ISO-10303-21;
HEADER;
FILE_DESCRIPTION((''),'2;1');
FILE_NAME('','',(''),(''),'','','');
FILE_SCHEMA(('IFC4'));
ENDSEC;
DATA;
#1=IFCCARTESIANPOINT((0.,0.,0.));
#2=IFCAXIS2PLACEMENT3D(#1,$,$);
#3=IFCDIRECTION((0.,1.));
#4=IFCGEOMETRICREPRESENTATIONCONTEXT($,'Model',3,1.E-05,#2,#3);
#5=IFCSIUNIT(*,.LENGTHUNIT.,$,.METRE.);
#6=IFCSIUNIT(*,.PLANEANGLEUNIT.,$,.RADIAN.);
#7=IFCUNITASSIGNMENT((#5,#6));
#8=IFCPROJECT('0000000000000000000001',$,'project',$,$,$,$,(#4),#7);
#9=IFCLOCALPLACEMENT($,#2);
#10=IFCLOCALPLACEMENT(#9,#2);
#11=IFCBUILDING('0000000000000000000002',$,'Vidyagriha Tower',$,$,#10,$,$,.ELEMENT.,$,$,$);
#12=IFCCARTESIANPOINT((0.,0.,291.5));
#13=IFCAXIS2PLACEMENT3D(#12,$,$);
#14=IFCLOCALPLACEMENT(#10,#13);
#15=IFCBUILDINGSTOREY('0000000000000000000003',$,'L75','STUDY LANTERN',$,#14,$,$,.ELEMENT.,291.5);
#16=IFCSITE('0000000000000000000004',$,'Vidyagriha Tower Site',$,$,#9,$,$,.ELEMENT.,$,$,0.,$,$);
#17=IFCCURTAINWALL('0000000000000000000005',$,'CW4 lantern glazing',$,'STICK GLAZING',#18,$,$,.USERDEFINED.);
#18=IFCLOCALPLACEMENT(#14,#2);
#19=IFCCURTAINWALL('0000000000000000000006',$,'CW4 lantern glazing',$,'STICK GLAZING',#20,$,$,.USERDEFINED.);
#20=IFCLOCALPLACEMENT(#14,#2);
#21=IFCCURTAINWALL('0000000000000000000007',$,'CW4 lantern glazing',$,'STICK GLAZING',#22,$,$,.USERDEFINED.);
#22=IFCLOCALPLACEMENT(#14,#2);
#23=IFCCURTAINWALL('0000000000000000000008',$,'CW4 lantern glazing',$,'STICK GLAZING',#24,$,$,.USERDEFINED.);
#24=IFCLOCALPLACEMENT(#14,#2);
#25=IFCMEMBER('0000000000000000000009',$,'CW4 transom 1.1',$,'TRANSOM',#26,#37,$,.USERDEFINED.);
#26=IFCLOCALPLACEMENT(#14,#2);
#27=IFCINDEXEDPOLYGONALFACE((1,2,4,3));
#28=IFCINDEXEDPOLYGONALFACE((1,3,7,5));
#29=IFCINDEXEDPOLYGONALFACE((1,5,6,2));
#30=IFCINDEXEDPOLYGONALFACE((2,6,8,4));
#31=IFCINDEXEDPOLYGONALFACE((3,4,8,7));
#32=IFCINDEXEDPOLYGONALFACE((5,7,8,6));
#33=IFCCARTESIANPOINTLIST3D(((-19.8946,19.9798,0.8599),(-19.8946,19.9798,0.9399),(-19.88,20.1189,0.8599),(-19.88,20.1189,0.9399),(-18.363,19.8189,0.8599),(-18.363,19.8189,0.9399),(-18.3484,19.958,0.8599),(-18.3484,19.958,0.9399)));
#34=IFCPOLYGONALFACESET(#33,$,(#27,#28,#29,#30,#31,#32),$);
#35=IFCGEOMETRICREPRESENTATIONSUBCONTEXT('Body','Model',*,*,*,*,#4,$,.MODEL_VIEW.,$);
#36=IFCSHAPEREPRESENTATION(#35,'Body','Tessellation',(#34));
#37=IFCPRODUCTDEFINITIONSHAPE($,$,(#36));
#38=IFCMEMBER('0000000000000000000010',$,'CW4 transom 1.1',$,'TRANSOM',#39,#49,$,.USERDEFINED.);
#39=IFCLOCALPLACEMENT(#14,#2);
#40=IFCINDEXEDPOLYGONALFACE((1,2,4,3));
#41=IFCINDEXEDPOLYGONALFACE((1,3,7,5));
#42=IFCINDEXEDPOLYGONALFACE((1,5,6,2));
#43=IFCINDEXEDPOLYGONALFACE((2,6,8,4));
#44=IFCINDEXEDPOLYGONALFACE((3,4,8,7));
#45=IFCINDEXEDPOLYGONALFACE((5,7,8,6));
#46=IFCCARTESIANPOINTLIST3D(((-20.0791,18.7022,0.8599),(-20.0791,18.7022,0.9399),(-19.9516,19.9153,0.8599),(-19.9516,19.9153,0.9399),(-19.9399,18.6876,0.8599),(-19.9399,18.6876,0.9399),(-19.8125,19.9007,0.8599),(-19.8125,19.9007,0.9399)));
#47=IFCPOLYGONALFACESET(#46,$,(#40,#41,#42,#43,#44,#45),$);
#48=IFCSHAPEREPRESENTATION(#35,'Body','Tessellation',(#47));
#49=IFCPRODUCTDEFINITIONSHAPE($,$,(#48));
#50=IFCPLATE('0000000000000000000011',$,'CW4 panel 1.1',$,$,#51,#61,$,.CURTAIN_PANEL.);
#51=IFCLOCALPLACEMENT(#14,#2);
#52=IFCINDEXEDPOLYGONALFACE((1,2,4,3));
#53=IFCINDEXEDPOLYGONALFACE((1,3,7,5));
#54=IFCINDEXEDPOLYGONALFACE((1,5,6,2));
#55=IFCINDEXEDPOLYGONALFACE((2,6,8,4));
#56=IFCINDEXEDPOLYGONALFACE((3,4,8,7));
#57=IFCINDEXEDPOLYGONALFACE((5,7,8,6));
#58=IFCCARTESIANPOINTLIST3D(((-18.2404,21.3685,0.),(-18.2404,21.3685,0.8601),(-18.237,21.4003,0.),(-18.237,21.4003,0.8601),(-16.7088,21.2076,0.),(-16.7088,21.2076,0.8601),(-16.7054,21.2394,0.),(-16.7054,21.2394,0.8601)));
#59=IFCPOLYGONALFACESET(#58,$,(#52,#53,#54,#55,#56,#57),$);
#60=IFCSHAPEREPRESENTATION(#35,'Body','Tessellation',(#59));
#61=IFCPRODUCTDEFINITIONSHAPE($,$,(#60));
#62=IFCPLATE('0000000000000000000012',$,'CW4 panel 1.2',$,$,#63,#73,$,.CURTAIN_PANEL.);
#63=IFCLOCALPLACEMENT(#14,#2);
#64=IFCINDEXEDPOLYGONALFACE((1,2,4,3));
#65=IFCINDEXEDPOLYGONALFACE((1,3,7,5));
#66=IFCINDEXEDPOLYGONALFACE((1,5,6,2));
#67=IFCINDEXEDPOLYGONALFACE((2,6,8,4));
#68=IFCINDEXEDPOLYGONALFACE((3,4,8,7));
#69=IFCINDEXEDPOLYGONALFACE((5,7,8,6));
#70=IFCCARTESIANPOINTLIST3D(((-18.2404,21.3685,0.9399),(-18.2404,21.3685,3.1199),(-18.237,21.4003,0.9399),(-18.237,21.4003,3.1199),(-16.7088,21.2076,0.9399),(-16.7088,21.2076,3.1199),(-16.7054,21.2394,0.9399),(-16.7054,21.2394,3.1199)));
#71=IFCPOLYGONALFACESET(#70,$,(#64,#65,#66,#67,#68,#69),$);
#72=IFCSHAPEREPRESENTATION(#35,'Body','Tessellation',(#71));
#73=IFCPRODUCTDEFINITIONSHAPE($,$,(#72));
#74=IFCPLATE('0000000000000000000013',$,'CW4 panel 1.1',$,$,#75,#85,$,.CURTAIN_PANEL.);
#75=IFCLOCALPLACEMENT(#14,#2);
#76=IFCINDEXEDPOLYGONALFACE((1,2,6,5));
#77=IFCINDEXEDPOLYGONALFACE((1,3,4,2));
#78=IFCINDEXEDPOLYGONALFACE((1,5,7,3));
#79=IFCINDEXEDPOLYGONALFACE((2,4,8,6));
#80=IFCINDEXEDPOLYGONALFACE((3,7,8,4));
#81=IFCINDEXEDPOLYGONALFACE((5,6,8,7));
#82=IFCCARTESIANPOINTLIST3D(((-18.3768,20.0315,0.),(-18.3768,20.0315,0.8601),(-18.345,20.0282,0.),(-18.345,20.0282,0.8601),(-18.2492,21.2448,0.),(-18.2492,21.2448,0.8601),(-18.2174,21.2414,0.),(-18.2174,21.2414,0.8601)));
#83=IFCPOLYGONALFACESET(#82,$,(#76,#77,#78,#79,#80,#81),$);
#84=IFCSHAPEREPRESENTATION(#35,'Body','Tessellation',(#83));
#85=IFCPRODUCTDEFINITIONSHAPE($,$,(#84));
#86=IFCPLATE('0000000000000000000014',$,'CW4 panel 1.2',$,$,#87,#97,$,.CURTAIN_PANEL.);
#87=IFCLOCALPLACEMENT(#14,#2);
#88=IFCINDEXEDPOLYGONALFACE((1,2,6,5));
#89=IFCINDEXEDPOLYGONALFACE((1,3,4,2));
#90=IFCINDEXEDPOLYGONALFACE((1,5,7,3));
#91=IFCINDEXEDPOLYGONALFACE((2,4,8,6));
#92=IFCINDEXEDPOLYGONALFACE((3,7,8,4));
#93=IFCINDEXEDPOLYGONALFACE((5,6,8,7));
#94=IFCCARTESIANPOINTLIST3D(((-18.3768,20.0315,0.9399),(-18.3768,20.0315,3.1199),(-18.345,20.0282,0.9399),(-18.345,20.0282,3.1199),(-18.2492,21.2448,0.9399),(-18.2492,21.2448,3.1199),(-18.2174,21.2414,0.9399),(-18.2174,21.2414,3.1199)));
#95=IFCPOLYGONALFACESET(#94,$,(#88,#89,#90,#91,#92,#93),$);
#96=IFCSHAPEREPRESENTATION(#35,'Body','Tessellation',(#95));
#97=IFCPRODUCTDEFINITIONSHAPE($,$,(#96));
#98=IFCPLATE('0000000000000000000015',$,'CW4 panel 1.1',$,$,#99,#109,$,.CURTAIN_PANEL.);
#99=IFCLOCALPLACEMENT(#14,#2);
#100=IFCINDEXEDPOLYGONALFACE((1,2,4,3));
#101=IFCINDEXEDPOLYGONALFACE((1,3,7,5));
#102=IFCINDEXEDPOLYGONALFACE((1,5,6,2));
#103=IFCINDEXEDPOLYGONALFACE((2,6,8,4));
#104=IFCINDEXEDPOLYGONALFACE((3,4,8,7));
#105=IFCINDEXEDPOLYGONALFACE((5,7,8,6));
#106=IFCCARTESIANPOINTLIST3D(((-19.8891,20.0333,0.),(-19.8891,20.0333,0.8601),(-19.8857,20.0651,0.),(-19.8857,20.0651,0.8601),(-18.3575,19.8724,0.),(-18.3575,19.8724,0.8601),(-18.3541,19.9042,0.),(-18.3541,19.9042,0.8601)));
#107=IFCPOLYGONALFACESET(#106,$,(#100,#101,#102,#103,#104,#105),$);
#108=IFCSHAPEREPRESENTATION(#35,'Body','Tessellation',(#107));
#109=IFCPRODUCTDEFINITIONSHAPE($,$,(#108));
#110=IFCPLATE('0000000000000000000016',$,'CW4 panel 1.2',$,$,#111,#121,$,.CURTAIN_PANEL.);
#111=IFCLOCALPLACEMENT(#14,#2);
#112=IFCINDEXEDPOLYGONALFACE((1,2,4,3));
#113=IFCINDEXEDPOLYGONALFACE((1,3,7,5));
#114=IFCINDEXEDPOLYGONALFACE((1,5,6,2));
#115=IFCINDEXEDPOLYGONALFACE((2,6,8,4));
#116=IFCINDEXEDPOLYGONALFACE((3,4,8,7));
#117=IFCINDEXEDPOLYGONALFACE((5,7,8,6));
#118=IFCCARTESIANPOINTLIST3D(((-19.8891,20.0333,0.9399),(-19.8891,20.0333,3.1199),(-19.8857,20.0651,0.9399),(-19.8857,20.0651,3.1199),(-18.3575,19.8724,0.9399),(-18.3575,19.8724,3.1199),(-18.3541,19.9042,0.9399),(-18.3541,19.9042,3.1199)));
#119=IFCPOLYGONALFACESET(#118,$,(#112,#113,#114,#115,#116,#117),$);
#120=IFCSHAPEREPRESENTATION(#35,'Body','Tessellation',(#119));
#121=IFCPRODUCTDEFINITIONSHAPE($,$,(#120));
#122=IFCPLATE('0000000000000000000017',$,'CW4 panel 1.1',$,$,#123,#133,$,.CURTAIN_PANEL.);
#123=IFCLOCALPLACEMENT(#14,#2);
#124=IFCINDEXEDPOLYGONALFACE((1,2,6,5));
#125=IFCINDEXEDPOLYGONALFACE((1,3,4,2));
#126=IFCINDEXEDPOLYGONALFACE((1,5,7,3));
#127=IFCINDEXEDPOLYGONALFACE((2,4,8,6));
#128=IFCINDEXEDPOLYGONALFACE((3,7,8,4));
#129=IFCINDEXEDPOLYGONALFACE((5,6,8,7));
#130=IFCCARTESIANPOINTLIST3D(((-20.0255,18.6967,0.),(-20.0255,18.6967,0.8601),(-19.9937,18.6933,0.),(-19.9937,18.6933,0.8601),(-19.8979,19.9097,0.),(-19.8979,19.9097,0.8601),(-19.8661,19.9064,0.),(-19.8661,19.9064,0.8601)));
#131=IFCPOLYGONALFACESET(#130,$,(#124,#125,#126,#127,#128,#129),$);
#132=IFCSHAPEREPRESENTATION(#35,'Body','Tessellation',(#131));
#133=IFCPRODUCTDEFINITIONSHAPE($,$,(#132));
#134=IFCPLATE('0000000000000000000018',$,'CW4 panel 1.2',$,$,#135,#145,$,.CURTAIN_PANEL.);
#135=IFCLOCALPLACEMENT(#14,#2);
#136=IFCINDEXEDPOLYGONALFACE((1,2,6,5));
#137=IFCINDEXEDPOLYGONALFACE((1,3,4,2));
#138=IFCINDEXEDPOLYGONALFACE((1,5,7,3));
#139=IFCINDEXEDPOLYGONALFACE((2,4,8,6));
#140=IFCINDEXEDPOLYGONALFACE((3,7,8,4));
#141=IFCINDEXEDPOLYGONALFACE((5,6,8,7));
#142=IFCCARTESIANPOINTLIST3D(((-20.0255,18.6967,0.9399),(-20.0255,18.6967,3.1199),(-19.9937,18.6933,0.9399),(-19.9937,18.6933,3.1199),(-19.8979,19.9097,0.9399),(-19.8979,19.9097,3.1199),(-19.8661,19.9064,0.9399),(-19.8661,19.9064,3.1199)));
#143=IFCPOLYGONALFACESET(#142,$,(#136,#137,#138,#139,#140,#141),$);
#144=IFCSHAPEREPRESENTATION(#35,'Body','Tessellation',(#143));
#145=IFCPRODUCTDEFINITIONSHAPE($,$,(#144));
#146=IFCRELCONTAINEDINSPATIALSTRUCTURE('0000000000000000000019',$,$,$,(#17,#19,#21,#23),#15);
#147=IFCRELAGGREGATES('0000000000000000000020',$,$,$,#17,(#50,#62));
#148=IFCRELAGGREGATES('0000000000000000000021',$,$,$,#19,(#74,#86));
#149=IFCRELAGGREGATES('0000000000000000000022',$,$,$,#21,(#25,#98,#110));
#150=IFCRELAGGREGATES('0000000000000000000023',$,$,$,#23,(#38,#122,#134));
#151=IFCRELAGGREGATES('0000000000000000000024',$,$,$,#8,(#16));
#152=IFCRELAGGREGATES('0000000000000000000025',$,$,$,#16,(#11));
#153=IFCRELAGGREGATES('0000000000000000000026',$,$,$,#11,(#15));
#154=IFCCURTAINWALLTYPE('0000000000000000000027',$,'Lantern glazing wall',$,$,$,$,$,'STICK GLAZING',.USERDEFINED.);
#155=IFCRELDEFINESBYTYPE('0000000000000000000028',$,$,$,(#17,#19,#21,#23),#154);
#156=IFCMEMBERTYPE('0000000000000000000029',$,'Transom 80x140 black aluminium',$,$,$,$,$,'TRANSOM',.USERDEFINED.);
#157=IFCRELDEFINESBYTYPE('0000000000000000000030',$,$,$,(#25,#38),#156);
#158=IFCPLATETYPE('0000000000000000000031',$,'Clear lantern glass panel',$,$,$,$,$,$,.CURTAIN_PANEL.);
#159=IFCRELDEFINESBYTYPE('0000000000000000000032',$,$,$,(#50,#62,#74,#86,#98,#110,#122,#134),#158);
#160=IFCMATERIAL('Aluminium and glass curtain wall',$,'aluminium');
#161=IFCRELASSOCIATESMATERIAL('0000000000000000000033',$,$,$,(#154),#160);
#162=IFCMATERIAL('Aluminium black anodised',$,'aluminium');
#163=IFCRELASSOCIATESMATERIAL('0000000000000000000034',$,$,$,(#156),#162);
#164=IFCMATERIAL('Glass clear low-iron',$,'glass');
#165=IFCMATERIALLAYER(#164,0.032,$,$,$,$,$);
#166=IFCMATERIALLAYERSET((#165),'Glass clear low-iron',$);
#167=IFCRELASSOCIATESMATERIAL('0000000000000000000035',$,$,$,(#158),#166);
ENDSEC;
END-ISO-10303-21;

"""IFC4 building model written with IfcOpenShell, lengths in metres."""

from ifc_helpers import new_model, si_unit, direction, frame, origin, origin_2d, place, context, subcontext, project, spatial, rectangle, extrude, material, layer, layer_set, material_profile, profile_set, type_object, element, aggregate, save


model = new_model("IFC4")

# Units and contexts
model_context = context("Model", 3, precision=1e-05, world=origin(), true_north=direction((0.0, 1.0)))
body_context = subcontext(model_context, "Body", "Model", "MODEL_VIEW")
ifc_project = project(units=[si_unit("LENGTHUNIT", "METRE"), si_unit("PLANEANGLEUNIT", "RADIAN")], contexts=[model_context])

# Site, building, storey
site_placement = place(None, origin())
site = spatial("IfcSite", under=ifc_project, at=site_placement, Name="Vidyagriha Tower Site", CompositionType="ELEMENT", RefElevation=0.0)
building_placement = place(site_placement, origin())
building = spatial("IfcBuilding", under=site, at=building_placement, Name="Vidyagriha Tower", CompositionType="ELEMENT")
storey_placement = place(building_placement, frame((0.0, 0.0, 291.5)))
storey = spatial("IfcBuildingStorey", under=building, at=storey_placement, Name="L75", Description="STUDY LANTERN", CompositionType="ELEMENT", Elevation=291.5)

# Curtain wall
ifc_material_1 = material(Name="Aluminium and glass curtain wall", Category="aluminium")
curtain_wall_type = type_object("IfcCurtainWallType", Name="Lantern glazing wall", ElementType="STICK GLAZING", PredefinedType="USERDEFINED", material=ifc_material_1)
curtain_wall_1_placement = place(storey_placement, origin())
curtain_wall_1 = element("IfcCurtainWall", 1, at=curtain_wall_1_placement, inside=storey, type_object=curtain_wall_type, Name="CW4 lantern glazing", ObjectType="STICK GLAZING", PredefinedType="USERDEFINED")

# Curtain walls
curtain_wall_2_placement = place(storey_placement, origin())
curtain_wall_2 = element("IfcCurtainWall", 2, at=curtain_wall_2_placement, inside=storey, type_object=curtain_wall_type, Name="CW4 lantern glazing", ObjectType="STICK GLAZING", PredefinedType="USERDEFINED")
curtain_wall_3_placement = place(storey_placement, origin())
curtain_wall_3 = element("IfcCurtainWall", 3, at=curtain_wall_3_placement, inside=storey, type_object=curtain_wall_type, Name="CW4 lantern glazing", ObjectType="STICK GLAZING", PredefinedType="USERDEFINED")

# Curtain wall
curtain_wall_4_placement = place(storey_placement, origin())
curtain_wall_4 = element("IfcCurtainWall", 4, at=curtain_wall_4_placement, inside=storey, type_object=curtain_wall_type, Name="CW4 lantern glazing", ObjectType="STICK GLAZING", PredefinedType="USERDEFINED")

# Members
ifc_material_2 = material(Name="Aluminium black anodised", Category="aluminium")
ifc_material_profile_1 = material_profile(ifc_material_2, rectangle(XDim=0.1399, YDim=0.0801, at=origin_2d()), Name="Transom 80x140 black aluminium")
ifc_profile_set_1 = profile_set([ifc_material_profile_1], Name="Aluminium black anodised")
member_type_1 = type_object("IfcMemberType", Name="Transom 80x140 black aluminium", ElementType="TRANSOM", PredefinedType="USERDEFINED", material=ifc_profile_set_1)
member_1_placement = place(storey_placement, frame((-18.3557, 19.8884, 0.8999), z_axis=(-0.994527, 0.104478, 0.0), x_axis=(-0.104478, -0.994527, 0.0)))
member_1 = element("IfcMember", 5, at=member_1_placement, type_object=member_type_1, Name="CW4 transom 1.1", ObjectType="TRANSOM", PredefinedType="USERDEFINED", context=body_context, shape_type="SweptSolid", body=[
    extrude(rectangle(XDim=0.1399, YDim=0.0801, at=origin_2d()), origin(), (0.0, 0.0, 1.0), 1.54),
])
member_2_placement = place(storey_placement, frame((-19.8821, 19.908, 0.8999), z_axis=(-0.104476, -0.994527, 0.0), x_axis=(0.994527, -0.104476, 0.0)))
member_2 = element("IfcMember", 6, at=member_2_placement, type_object=member_type_1, Name="CW4 transom 1.1", ObjectType="TRANSOM", PredefinedType="USERDEFINED", context=body_context, shape_type="SweptSolid", body=[
    extrude(rectangle(XDim=0.1399, YDim=0.0801, at=origin_2d()), origin(), (0.0, 0.0, 1.0), 1.2197),
])

# Plates
ifc_material_3 = material(Name="Glass clear low-iron", Category="glass")
ifc_layer = layer(ifc_material_3, 0.032)
ifc_layer_set = layer_set([ifc_layer], Name="Glass clear low-iron")
plate_type = type_object("IfcPlateType", Name="Clear lantern glass panel", PredefinedType="CURTAIN_PANEL", material=ifc_layer_set)
plate_1_placement = place(storey_placement, frame((-17.4729, 21.304, 0.0), z_axis=(0.0, 0.0, 1.0), x_axis=(-0.994523, 0.104519, 0.0)))
plate_1 = element("IfcPlate", 7, at=plate_1_placement, type_object=plate_type, Name="CW4 panel 1.1", PredefinedType="CURTAIN_PANEL", context=body_context, shape_type="SweptSolid", body=[
    extrude(rectangle(XDim=1.54, YDim=0.032, at=origin_2d()), origin(), (0.0, 0.0, 1.0), 0.8601),
])
plate_2_placement = place(storey_placement, frame((-17.4729, 21.304, 0.9399), z_axis=(0.0, 0.0, 1.0), x_axis=(-0.994523, 0.104519, 0.0)))
plate_2 = element("IfcPlate", 8, at=plate_2_placement, type_object=plate_type, Name="CW4 panel 1.2", PredefinedType="CURTAIN_PANEL", context=body_context, shape_type="SweptSolid", body=[
    extrude(rectangle(XDim=1.54, YDim=0.032, at=origin_2d()), origin(), (0.0, 0.0, 1.0), 2.1799),
])
aggregate(curtain_wall_1, [plate_1, plate_2])
plate_3_placement = place(storey_placement, frame((-18.2971, 20.6365, 0.0), z_axis=(0.0, 0.0, 1.0), x_axis=(-0.104549, -0.99452, 0.0)))
plate_3 = element("IfcPlate", 9, at=plate_3_placement, type_object=plate_type, Name="CW4 panel 1.1", PredefinedType="CURTAIN_PANEL", context=body_context, shape_type="SweptSolid", body=[
    extrude(rectangle(XDim=1.22, YDim=0.032, at=origin_2d()), origin(), (0.0, 0.0, 1.0), 0.8601),
])
plate_4_placement = place(storey_placement, frame((-18.2971, 20.6365, 0.9399), z_axis=(0.0, 0.0, 1.0), x_axis=(-0.104549, -0.99452, 0.0)))
plate_4 = element("IfcPlate", 10, at=plate_4_placement, type_object=plate_type, Name="CW4 panel 1.2", PredefinedType="CURTAIN_PANEL", context=body_context, shape_type="SweptSolid", body=[
    extrude(rectangle(XDim=1.22, YDim=0.032, at=origin_2d()), origin(), (0.0, 0.0, 1.0), 2.1799),
])
aggregate(curtain_wall_2, [plate_3, plate_4])
plate_5_placement = place(storey_placement, frame((-19.1216, 19.9688, 0.0), z_axis=(0.0, 0.0, 1.0), x_axis=(-0.994524, 0.104512, 0.0)))
plate_5 = element("IfcPlate", 11, at=plate_5_placement, type_object=plate_type, Name="CW4 panel 1.1", PredefinedType="CURTAIN_PANEL", context=body_context, shape_type="SweptSolid", body=[
    extrude(rectangle(XDim=1.54, YDim=0.032, at=origin_2d()), origin(), (0.0, 0.0, 1.0), 0.8601),
])
plate_6_placement = place(storey_placement, frame((-19.1216, 19.9688, 0.9399), z_axis=(0.0, 0.0, 1.0), x_axis=(-0.994524, 0.104512, 0.0)))
plate_6 = element("IfcPlate", 12, at=plate_6_placement, type_object=plate_type, Name="CW4 panel 1.2", PredefinedType="CURTAIN_PANEL", context=body_context, shape_type="SweptSolid", body=[
    extrude(rectangle(XDim=1.54, YDim=0.032, at=origin_2d()), origin(), (0.0, 0.0, 1.0), 2.1799),
])
aggregate(curtain_wall_3, [member_1, plate_5, plate_6])
plate_7_placement = place(storey_placement, frame((-19.9458, 19.3015, 0.0), z_axis=(0.0, 0.0, 1.0), x_axis=(-0.104564, -0.994518, 0.0)))
plate_7 = element("IfcPlate", 13, at=plate_7_placement, type_object=plate_type, Name="CW4 panel 1.1", PredefinedType="CURTAIN_PANEL", context=body_context, shape_type="SweptSolid", body=[
    extrude(rectangle(XDim=1.2197, YDim=0.032, at=origin_2d()), origin(), (0.0, 0.0, 1.0), 0.8601),
])
plate_8_placement = place(storey_placement, frame((-19.9458, 19.3015, 0.9399), z_axis=(0.0, 0.0, 1.0), x_axis=(-0.104564, -0.994518, 0.0)))
plate_8 = element("IfcPlate", 14, at=plate_8_placement, type_object=plate_type, Name="CW4 panel 1.2", PredefinedType="CURTAIN_PANEL", context=body_context, shape_type="SweptSolid", body=[
    extrude(rectangle(XDim=1.2197, YDim=0.032, at=origin_2d()), origin(), (0.0, 0.0, 1.0), 2.1799),
])
aggregate(curtain_wall_4, [member_2, plate_7, plate_8])

save(model, "model.ifc")
